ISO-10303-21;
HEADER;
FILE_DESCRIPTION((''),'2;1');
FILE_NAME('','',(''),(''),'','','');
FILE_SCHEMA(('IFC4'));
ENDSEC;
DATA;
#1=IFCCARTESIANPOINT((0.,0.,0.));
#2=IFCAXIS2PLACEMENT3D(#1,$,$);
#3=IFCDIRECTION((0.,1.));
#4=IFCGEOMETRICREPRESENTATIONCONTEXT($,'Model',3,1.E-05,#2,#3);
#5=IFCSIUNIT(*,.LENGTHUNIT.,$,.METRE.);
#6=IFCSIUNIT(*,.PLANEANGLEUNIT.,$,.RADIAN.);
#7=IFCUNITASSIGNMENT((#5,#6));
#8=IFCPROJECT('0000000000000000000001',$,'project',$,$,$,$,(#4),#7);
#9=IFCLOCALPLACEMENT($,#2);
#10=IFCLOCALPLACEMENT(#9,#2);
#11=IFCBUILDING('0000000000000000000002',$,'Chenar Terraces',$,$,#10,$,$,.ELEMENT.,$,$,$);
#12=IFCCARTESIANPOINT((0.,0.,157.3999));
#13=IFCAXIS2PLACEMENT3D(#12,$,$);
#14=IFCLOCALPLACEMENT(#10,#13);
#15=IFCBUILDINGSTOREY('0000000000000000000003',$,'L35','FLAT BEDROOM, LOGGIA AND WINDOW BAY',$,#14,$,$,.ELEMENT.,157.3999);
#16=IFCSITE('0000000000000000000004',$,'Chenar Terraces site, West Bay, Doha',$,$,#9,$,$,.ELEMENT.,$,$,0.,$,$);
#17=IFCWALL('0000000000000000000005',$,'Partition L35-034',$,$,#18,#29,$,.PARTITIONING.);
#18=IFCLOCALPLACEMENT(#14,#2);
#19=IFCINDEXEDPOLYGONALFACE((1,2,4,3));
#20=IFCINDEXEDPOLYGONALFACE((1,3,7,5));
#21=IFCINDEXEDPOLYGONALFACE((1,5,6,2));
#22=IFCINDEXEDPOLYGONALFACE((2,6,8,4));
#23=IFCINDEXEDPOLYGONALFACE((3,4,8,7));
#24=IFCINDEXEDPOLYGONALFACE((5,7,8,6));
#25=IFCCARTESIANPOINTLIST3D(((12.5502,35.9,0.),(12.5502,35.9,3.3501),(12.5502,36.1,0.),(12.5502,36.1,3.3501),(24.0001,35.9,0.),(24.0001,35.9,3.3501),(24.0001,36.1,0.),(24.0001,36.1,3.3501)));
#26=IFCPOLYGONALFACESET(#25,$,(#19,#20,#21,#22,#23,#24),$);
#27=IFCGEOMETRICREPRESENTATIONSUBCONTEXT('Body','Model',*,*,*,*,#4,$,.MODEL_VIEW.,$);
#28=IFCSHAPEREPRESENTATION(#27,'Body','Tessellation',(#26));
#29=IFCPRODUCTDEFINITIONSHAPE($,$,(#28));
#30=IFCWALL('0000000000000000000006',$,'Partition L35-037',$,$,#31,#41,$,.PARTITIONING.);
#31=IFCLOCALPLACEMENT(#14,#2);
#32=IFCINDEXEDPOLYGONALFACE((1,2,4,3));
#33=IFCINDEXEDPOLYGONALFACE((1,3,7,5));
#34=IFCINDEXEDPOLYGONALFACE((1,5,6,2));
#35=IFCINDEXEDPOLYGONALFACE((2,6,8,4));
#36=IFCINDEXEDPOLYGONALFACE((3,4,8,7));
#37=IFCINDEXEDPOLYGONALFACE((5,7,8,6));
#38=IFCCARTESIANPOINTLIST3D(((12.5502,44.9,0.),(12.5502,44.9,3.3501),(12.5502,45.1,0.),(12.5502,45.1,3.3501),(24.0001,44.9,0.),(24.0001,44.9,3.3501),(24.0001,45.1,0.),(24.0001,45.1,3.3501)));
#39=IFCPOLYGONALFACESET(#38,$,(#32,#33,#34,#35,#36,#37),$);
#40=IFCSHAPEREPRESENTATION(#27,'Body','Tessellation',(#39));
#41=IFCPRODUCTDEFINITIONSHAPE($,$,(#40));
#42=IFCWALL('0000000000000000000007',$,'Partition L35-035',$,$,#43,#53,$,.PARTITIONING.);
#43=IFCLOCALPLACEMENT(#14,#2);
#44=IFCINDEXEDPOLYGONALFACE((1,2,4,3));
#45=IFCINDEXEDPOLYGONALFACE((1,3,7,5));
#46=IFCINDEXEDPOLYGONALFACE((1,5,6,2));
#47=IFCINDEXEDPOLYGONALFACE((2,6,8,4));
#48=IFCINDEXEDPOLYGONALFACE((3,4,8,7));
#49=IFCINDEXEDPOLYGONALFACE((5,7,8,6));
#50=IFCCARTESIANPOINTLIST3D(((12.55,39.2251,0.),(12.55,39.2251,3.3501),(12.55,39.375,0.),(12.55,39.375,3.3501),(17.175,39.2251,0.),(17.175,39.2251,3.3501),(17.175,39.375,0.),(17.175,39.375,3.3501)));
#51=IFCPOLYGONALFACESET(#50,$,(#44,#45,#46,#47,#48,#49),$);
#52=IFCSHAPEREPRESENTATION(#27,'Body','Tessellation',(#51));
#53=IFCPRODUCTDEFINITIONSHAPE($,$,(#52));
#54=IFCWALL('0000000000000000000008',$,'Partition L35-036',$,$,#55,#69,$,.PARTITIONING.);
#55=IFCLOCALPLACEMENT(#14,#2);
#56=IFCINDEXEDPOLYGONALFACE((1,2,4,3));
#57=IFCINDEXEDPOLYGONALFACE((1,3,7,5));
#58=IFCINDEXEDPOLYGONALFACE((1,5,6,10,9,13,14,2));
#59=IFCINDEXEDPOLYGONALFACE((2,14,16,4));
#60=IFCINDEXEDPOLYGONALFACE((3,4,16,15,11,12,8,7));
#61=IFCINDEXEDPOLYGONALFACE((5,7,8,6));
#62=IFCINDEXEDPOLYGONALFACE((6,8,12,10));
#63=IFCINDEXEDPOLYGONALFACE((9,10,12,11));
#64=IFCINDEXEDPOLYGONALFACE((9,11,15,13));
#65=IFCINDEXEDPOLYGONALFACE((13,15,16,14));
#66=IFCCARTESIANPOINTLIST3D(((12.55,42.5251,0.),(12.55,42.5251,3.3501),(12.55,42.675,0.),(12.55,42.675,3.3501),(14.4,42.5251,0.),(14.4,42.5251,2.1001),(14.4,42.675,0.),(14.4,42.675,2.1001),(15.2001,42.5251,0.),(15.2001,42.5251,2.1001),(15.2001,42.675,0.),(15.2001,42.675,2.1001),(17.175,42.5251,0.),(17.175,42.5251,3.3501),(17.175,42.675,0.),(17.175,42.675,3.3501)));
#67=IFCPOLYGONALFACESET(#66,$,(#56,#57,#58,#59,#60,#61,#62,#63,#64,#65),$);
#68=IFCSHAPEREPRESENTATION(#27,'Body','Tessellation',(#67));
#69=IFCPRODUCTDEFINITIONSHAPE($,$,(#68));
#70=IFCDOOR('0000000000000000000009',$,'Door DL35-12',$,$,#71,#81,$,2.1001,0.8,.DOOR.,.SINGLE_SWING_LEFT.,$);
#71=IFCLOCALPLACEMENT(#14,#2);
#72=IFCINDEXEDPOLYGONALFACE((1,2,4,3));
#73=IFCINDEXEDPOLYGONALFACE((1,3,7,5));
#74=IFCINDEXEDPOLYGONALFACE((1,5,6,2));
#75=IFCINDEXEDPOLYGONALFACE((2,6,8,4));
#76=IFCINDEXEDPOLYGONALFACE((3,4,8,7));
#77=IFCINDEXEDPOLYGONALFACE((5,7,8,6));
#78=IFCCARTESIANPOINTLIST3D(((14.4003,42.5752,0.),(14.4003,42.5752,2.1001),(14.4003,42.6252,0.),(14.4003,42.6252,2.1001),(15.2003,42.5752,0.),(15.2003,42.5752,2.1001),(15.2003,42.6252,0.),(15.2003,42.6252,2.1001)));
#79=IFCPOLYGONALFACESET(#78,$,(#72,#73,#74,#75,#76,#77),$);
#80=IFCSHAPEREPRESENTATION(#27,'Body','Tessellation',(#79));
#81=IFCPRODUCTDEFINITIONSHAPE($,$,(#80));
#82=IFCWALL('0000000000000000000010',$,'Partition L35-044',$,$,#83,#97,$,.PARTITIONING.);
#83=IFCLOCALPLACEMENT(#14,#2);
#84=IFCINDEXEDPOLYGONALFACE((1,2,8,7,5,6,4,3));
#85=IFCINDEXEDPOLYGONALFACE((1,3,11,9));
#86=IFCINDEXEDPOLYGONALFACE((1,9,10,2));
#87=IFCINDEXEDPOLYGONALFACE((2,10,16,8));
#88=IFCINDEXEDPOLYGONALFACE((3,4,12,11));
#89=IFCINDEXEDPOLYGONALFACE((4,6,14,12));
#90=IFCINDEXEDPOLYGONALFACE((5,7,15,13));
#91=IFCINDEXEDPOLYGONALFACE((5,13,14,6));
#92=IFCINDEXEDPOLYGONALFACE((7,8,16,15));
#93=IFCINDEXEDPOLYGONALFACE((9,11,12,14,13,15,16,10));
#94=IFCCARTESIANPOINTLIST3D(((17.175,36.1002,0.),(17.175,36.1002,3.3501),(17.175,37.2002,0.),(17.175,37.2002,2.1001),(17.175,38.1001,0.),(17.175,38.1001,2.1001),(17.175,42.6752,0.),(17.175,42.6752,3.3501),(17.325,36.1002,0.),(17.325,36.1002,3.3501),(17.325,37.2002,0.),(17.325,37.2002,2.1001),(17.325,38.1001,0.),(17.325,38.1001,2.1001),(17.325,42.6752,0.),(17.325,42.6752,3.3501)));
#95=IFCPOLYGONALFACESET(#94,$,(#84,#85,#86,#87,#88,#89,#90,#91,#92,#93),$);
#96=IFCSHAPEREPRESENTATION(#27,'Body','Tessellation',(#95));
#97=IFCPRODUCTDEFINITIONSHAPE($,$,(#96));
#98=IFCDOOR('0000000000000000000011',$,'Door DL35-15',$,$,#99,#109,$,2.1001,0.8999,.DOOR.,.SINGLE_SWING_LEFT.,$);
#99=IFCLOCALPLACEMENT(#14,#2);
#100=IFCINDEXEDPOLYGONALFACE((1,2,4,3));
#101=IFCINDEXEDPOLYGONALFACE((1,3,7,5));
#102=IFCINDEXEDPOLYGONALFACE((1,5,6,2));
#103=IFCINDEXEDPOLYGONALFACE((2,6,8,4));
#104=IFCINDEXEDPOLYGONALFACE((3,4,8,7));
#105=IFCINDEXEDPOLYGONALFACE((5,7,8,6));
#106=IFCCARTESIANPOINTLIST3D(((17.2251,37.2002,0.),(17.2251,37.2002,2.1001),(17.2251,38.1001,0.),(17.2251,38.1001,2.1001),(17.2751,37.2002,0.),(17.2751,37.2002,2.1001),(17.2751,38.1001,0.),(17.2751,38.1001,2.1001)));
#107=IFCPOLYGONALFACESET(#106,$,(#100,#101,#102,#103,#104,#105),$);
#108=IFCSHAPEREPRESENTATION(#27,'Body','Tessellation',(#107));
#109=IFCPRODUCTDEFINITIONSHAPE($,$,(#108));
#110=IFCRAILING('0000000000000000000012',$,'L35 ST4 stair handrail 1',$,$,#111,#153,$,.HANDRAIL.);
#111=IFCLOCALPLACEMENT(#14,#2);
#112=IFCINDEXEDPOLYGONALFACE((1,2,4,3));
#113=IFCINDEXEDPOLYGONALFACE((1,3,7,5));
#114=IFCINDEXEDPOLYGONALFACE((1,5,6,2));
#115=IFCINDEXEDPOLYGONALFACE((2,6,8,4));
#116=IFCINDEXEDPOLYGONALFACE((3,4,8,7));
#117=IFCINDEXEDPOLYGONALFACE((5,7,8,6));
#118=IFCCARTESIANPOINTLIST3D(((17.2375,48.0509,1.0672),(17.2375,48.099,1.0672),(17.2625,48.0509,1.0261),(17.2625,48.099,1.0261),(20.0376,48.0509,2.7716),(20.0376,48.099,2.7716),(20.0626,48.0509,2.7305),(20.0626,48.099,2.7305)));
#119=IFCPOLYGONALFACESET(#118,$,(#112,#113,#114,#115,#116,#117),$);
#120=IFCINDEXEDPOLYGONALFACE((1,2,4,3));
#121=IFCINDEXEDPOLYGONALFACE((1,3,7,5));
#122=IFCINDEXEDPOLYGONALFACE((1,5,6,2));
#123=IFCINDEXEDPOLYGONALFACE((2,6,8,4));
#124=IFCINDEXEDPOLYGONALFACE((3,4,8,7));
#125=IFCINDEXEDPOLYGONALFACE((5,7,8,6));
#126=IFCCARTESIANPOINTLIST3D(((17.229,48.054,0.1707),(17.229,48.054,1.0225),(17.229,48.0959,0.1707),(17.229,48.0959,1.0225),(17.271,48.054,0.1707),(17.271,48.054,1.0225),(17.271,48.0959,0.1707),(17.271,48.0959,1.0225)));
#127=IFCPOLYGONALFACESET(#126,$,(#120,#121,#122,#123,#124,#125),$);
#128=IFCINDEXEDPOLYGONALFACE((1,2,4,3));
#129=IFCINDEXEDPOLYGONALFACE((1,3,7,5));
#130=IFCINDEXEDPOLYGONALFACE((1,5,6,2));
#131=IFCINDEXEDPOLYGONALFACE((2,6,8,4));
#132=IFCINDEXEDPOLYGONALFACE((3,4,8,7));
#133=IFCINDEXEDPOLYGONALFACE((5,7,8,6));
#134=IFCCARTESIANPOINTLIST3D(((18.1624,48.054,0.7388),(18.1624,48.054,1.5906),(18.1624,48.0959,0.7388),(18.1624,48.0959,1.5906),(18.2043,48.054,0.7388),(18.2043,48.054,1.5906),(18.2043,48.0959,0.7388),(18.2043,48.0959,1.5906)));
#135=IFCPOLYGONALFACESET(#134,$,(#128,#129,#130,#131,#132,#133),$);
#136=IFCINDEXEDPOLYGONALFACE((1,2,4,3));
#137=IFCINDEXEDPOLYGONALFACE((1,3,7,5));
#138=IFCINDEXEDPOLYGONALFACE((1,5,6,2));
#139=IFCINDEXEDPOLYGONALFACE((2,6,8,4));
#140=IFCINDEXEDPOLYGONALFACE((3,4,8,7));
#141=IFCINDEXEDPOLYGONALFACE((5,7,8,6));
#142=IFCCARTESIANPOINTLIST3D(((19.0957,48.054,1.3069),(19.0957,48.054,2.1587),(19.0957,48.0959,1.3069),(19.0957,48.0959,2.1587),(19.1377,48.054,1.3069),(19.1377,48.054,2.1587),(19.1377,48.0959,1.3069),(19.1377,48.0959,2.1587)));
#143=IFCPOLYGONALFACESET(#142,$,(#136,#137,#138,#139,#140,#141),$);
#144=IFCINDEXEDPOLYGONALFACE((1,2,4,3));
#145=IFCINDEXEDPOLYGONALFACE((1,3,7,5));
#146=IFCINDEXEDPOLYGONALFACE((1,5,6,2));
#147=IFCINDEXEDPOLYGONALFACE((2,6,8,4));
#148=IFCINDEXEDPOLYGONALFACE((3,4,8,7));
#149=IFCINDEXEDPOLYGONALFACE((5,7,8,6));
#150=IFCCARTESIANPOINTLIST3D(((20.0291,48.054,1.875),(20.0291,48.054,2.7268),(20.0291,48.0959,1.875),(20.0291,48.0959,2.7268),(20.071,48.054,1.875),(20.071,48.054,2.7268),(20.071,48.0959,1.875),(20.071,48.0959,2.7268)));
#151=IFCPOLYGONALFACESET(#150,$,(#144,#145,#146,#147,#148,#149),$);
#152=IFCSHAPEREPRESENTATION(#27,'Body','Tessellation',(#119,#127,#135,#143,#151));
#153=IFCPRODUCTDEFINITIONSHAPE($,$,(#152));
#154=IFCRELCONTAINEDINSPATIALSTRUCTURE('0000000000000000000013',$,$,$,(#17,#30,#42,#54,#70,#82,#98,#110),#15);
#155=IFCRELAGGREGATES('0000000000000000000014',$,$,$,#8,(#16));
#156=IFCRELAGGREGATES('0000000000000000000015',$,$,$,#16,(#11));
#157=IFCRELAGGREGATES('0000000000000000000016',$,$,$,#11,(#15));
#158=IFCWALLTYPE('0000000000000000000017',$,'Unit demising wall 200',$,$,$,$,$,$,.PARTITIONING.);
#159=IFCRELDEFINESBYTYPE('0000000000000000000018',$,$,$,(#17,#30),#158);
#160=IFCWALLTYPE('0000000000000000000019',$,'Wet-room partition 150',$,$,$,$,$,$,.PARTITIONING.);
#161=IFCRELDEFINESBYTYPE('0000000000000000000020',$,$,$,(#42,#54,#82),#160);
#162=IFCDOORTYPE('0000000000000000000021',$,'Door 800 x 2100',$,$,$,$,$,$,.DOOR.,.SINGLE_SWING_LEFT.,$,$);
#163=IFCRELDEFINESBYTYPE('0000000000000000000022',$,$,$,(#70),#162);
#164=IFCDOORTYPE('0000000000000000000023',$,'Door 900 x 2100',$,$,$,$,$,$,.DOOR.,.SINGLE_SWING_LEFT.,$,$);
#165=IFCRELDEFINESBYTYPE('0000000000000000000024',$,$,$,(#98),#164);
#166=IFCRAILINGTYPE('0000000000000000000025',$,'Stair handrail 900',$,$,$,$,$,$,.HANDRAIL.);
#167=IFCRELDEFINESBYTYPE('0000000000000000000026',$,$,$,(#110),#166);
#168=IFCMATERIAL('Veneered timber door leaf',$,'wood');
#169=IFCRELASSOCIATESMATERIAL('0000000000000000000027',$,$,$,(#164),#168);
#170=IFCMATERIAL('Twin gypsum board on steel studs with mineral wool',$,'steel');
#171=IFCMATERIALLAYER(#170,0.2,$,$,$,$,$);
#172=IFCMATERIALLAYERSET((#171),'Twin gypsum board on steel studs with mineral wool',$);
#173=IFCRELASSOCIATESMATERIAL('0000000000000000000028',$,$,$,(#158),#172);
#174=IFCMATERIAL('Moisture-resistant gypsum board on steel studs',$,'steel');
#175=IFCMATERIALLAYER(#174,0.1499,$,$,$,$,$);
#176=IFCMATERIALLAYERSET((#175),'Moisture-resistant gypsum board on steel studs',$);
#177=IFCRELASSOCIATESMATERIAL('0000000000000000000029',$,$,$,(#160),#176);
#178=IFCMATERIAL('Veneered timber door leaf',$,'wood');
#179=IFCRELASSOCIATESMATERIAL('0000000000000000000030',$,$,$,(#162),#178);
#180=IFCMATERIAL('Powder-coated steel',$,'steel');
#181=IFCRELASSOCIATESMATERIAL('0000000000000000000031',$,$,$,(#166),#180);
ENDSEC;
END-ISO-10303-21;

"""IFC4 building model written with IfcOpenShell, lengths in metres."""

from ifc_helpers import new_model, si_unit, direction, frame, frame_2d, origin, origin_2d, place, context, subcontext, project, spatial, rectangle, extrude, material, layer, layer_set, type_object, element, fill, save


model = new_model("IFC4")

# Units and contexts
model_context = context("Model", 3, precision=1e-05, world=origin(), true_north=direction((0.0, 1.0)))
body_context = subcontext(model_context, "Body", "Model", "MODEL_VIEW")
ifc_project = project(units=[si_unit("LENGTHUNIT", "METRE"), si_unit("PLANEANGLEUNIT", "RADIAN")], contexts=[model_context])

# Site, building, storey
site_placement = place(None, origin())
site = spatial("IfcSite", under=ifc_project, at=site_placement, Name="Chenar Terraces site, West Bay, Doha", CompositionType="ELEMENT", RefElevation=0.0)
building_placement = place(site_placement, origin())
building = spatial("IfcBuilding", under=site, at=building_placement, Name="Chenar Terraces", CompositionType="ELEMENT")
storey_placement = place(building_placement, frame((0.0, 0.0, 157.3999)))
storey = spatial("IfcBuildingStorey", under=building, at=storey_placement, Name="L35", Description="FLAT BEDROOM, LOGGIA AND WINDOW BAY", CompositionType="ELEMENT", Elevation=157.3999)

# Shared definitions
ifc_material_1 = material(Name="Veneered timber door leaf", Category="wood")
door_type_1 = type_object("IfcDoorType", Name="Door 900 x 2100", OperationType="SINGLE_SWING_LEFT", PredefinedType="DOOR", material=ifc_material_1)

# Walls
ifc_material_2 = material(Name="Twin gypsum board on steel studs with mineral wool", Category="steel")
ifc_layer_1 = layer(ifc_material_2, 0.2)
ifc_layer_set_1 = layer_set([ifc_layer_1], Name="Twin gypsum board on steel studs with mineral wool")
wall_type_1 = type_object("IfcWallType", Name="Unit demising wall 200", PredefinedType="PARTITIONING", material=ifc_layer_set_1)
for number, where, z_axis, x_axis, name in (
    (1, (12.55, 36.0, 0.0), (0.0, 0.0, 1.0), (1.0, 0.0, 0.0), "Partition L35-034"),
    (2, (12.55, 45.0, 0.0), (0.0, 0.0, 1.0), (1.0, 0.0, 0.0), "Partition L35-037"),
):
    element("IfcWall", number, at=place(storey_placement, frame(where, z_axis=z_axis, x_axis=x_axis)), inside=storey, type_object=wall_type_1, Name=name, PredefinedType="PARTITIONING", context=body_context, shape_type="SweptSolid", body=[
        extrude(rectangle(XDim=11.45, YDim=0.2, at=frame_2d((5.7251, 0.0))), origin(), (0.0, 0.0, 1.0), 3.3501),
    ])
ifc_material_3 = material(Name="Moisture-resistant gypsum board on steel studs", Category="steel")
ifc_layer_2 = layer(ifc_material_3, 0.1499)
ifc_layer_set_2 = layer_set([ifc_layer_2], Name="Moisture-resistant gypsum board on steel studs")
wall_type_2 = type_object("IfcWallType", Name="Wet-room partition 150", PredefinedType="PARTITIONING", material=ifc_layer_set_2)
wall_1_placement = place(storey_placement, frame((12.55, 39.3, 0.0), z_axis=(0.0, 0.0, 1.0), x_axis=(1.0, 0.0, 0.0)))
element("IfcWall", 3, at=wall_1_placement, inside=storey, type_object=wall_type_2, Name="Partition L35-035", PredefinedType="PARTITIONING", context=body_context, shape_type="SweptSolid", body=[
    extrude(rectangle(XDim=4.625, YDim=0.1499, at=frame_2d((2.3125, 0.0))), origin(), (0.0, 0.0, 1.0), 3.3501),
])

# Walls, openings, doors
wall_2_placement = place(storey_placement, frame((12.55, 42.6001, 0.0), z_axis=(0.0, 0.0, 1.0), x_axis=(1.0, 0.0, 0.0)))
wall_2 = element("IfcWall", 4, at=wall_2_placement, inside=storey, type_object=wall_type_2, Name="Partition L35-036", PredefinedType="PARTITIONING", context=body_context, shape_type="SweptSolid", body=[
    extrude(rectangle(XDim=4.625, YDim=0.1499, at=frame_2d((2.3125, 0.0))), origin(), (0.0, 0.0, 1.0), 3.3501),
])
opening_1_placement = place(wall_2_placement, frame((1.8501, 0.0, 0.0)))
opening_1 = element("IfcOpeningElement", 5, at=opening_1_placement, cuts=wall_2, PredefinedType="OPENING", context=body_context, shape_type="SweptSolid", body=[
    extrude(rectangle(XDim=0.8, YDim=2.1001, at=frame_2d((0.3999, 1.05))), frame((0.0, 0.085, 0.0), z_axis=(0.0, -1.0, 0.0), x_axis=(1.0, 0.0, 0.0)), (0.0, 0.0, 1.0), 0.1699),
])
ifc_material_4 = material(Name="Veneered timber door leaf", Category="wood")
door_type_2 = type_object("IfcDoorType", Name="Door 800 x 2100", OperationType="SINGLE_SWING_LEFT", PredefinedType="DOOR", material=ifc_material_4)
door_1_placement = place(opening_1_placement, frame((0.8, 0.0, 0.0), z_axis=(0.0, 0.0, 1.0), x_axis=(-1.0, 0.0, 0.0)))
door_1 = element("IfcDoor", 6, at=door_1_placement, inside=storey, type_object=door_type_2, Name="Door DL35-12", OperationType="SINGLE_SWING_LEFT", OverallHeight=2.1001, OverallWidth=0.8, PredefinedType="DOOR", context=body_context, shape_type="SweptSolid", body=[
    extrude(rectangle(XDim=0.8, YDim=2.1001, at=frame_2d((0.3999, 1.05))), frame((0.0, 0.0249, 0.0), z_axis=(0.0, -1.0, 0.0), x_axis=(1.0, 0.0, 0.0)), (0.0, 0.0, 1.0), 0.05),
])
fill(opening_1, door_1)
wall_3_placement = place(storey_placement, frame((17.25, 36.1001, 0.0), z_axis=(0.0, 0.0, 1.0), x_axis=(0.0, 1.0, 0.0)))
wall_3 = element("IfcWall", 7, at=wall_3_placement, inside=storey, type_object=wall_type_2, Name="Partition L35-044", PredefinedType="PARTITIONING", context=body_context, shape_type="SweptSolid", body=[
    extrude(rectangle(XDim=6.575, YDim=0.1499, at=frame_2d((3.2876, 0.0))), origin(), (0.0, 0.0, 1.0), 3.3501),
])
opening_2_placement = place(wall_3_placement, frame((1.1001, 0.0, 0.0)))
opening_2 = element("IfcOpeningElement", 8, at=opening_2_placement, cuts=wall_3, PredefinedType="OPENING", context=body_context, shape_type="SweptSolid", body=[
    extrude(rectangle(XDim=0.8999, YDim=2.1001, at=frame_2d((0.45, 1.05))), frame((0.0, 0.085, 0.0), z_axis=(0.0, -1.0, 0.0), x_axis=(1.0, 0.0, 0.0)), (0.0, 0.0, 1.0), 0.1699),
])
door_2_placement = place(opening_2_placement, origin())
door_2 = element("IfcDoor", 9, at=door_2_placement, inside=storey, type_object=door_type_1, Name="Door DL35-15", OperationType="SINGLE_SWING_LEFT", OverallHeight=2.1001, OverallWidth=0.8999, PredefinedType="DOOR", context=body_context, shape_type="SweptSolid", body=[
    extrude(rectangle(XDim=0.8999, YDim=2.1001, at=frame_2d((0.45, 1.05))), frame((0.0, 0.0249, 0.0), z_axis=(0.0, -1.0, 0.0), x_axis=(1.0, 0.0, 0.0)), (0.0, 0.0, 1.0), 0.05),
])
fill(opening_2, door_2)

# Railing
ifc_material_5 = material(Name="Powder-coated steel", Category="steel")
railing_type = type_object("IfcRailingType", Name="Stair handrail 900", PredefinedType="HANDRAIL", material=ifc_material_5)
railing_placement = place(storey_placement, frame((17.25, 48.075, 0.1707)))
element("IfcRailing", 10, at=railing_placement, inside=storey, type_object=railing_type, Name="L35 ST4 stair handrail 1", PredefinedType="HANDRAIL", context=body_context, shape_type="SweptSolid", body=[
    extrude(rectangle(XDim=0.0481, YDim=0.0481, at=origin_2d()), frame((0.0, 0.0, 0.876), z_axis=(0.854203, 0.0, 0.51994), x_axis=(0.0, 1.0, 0.0)), (0.0, 0.0, 1.0), 3.2781),
    extrude(rectangle(XDim=0.042, YDim=0.042, at=origin_2d()), origin(), (0.0, 0.0, 1.0), 0.8518),
    extrude(rectangle(XDim=0.042, YDim=0.042, at=origin_2d()), frame((0.9333, 0.0, 0.5681)), (0.0, 0.0, 1.0), 0.8518),
    extrude(rectangle(XDim=0.042, YDim=0.042, at=origin_2d()), frame((1.8667, 0.0, 1.1362)), (0.0, 0.0, 1.0), 0.8518),
    extrude(rectangle(XDim=0.042, YDim=0.042, at=origin_2d()), frame((2.8, 0.0, 1.7043)), (0.0, 0.0, 1.0), 0.8518),
])

save(model, "model.ifc")
